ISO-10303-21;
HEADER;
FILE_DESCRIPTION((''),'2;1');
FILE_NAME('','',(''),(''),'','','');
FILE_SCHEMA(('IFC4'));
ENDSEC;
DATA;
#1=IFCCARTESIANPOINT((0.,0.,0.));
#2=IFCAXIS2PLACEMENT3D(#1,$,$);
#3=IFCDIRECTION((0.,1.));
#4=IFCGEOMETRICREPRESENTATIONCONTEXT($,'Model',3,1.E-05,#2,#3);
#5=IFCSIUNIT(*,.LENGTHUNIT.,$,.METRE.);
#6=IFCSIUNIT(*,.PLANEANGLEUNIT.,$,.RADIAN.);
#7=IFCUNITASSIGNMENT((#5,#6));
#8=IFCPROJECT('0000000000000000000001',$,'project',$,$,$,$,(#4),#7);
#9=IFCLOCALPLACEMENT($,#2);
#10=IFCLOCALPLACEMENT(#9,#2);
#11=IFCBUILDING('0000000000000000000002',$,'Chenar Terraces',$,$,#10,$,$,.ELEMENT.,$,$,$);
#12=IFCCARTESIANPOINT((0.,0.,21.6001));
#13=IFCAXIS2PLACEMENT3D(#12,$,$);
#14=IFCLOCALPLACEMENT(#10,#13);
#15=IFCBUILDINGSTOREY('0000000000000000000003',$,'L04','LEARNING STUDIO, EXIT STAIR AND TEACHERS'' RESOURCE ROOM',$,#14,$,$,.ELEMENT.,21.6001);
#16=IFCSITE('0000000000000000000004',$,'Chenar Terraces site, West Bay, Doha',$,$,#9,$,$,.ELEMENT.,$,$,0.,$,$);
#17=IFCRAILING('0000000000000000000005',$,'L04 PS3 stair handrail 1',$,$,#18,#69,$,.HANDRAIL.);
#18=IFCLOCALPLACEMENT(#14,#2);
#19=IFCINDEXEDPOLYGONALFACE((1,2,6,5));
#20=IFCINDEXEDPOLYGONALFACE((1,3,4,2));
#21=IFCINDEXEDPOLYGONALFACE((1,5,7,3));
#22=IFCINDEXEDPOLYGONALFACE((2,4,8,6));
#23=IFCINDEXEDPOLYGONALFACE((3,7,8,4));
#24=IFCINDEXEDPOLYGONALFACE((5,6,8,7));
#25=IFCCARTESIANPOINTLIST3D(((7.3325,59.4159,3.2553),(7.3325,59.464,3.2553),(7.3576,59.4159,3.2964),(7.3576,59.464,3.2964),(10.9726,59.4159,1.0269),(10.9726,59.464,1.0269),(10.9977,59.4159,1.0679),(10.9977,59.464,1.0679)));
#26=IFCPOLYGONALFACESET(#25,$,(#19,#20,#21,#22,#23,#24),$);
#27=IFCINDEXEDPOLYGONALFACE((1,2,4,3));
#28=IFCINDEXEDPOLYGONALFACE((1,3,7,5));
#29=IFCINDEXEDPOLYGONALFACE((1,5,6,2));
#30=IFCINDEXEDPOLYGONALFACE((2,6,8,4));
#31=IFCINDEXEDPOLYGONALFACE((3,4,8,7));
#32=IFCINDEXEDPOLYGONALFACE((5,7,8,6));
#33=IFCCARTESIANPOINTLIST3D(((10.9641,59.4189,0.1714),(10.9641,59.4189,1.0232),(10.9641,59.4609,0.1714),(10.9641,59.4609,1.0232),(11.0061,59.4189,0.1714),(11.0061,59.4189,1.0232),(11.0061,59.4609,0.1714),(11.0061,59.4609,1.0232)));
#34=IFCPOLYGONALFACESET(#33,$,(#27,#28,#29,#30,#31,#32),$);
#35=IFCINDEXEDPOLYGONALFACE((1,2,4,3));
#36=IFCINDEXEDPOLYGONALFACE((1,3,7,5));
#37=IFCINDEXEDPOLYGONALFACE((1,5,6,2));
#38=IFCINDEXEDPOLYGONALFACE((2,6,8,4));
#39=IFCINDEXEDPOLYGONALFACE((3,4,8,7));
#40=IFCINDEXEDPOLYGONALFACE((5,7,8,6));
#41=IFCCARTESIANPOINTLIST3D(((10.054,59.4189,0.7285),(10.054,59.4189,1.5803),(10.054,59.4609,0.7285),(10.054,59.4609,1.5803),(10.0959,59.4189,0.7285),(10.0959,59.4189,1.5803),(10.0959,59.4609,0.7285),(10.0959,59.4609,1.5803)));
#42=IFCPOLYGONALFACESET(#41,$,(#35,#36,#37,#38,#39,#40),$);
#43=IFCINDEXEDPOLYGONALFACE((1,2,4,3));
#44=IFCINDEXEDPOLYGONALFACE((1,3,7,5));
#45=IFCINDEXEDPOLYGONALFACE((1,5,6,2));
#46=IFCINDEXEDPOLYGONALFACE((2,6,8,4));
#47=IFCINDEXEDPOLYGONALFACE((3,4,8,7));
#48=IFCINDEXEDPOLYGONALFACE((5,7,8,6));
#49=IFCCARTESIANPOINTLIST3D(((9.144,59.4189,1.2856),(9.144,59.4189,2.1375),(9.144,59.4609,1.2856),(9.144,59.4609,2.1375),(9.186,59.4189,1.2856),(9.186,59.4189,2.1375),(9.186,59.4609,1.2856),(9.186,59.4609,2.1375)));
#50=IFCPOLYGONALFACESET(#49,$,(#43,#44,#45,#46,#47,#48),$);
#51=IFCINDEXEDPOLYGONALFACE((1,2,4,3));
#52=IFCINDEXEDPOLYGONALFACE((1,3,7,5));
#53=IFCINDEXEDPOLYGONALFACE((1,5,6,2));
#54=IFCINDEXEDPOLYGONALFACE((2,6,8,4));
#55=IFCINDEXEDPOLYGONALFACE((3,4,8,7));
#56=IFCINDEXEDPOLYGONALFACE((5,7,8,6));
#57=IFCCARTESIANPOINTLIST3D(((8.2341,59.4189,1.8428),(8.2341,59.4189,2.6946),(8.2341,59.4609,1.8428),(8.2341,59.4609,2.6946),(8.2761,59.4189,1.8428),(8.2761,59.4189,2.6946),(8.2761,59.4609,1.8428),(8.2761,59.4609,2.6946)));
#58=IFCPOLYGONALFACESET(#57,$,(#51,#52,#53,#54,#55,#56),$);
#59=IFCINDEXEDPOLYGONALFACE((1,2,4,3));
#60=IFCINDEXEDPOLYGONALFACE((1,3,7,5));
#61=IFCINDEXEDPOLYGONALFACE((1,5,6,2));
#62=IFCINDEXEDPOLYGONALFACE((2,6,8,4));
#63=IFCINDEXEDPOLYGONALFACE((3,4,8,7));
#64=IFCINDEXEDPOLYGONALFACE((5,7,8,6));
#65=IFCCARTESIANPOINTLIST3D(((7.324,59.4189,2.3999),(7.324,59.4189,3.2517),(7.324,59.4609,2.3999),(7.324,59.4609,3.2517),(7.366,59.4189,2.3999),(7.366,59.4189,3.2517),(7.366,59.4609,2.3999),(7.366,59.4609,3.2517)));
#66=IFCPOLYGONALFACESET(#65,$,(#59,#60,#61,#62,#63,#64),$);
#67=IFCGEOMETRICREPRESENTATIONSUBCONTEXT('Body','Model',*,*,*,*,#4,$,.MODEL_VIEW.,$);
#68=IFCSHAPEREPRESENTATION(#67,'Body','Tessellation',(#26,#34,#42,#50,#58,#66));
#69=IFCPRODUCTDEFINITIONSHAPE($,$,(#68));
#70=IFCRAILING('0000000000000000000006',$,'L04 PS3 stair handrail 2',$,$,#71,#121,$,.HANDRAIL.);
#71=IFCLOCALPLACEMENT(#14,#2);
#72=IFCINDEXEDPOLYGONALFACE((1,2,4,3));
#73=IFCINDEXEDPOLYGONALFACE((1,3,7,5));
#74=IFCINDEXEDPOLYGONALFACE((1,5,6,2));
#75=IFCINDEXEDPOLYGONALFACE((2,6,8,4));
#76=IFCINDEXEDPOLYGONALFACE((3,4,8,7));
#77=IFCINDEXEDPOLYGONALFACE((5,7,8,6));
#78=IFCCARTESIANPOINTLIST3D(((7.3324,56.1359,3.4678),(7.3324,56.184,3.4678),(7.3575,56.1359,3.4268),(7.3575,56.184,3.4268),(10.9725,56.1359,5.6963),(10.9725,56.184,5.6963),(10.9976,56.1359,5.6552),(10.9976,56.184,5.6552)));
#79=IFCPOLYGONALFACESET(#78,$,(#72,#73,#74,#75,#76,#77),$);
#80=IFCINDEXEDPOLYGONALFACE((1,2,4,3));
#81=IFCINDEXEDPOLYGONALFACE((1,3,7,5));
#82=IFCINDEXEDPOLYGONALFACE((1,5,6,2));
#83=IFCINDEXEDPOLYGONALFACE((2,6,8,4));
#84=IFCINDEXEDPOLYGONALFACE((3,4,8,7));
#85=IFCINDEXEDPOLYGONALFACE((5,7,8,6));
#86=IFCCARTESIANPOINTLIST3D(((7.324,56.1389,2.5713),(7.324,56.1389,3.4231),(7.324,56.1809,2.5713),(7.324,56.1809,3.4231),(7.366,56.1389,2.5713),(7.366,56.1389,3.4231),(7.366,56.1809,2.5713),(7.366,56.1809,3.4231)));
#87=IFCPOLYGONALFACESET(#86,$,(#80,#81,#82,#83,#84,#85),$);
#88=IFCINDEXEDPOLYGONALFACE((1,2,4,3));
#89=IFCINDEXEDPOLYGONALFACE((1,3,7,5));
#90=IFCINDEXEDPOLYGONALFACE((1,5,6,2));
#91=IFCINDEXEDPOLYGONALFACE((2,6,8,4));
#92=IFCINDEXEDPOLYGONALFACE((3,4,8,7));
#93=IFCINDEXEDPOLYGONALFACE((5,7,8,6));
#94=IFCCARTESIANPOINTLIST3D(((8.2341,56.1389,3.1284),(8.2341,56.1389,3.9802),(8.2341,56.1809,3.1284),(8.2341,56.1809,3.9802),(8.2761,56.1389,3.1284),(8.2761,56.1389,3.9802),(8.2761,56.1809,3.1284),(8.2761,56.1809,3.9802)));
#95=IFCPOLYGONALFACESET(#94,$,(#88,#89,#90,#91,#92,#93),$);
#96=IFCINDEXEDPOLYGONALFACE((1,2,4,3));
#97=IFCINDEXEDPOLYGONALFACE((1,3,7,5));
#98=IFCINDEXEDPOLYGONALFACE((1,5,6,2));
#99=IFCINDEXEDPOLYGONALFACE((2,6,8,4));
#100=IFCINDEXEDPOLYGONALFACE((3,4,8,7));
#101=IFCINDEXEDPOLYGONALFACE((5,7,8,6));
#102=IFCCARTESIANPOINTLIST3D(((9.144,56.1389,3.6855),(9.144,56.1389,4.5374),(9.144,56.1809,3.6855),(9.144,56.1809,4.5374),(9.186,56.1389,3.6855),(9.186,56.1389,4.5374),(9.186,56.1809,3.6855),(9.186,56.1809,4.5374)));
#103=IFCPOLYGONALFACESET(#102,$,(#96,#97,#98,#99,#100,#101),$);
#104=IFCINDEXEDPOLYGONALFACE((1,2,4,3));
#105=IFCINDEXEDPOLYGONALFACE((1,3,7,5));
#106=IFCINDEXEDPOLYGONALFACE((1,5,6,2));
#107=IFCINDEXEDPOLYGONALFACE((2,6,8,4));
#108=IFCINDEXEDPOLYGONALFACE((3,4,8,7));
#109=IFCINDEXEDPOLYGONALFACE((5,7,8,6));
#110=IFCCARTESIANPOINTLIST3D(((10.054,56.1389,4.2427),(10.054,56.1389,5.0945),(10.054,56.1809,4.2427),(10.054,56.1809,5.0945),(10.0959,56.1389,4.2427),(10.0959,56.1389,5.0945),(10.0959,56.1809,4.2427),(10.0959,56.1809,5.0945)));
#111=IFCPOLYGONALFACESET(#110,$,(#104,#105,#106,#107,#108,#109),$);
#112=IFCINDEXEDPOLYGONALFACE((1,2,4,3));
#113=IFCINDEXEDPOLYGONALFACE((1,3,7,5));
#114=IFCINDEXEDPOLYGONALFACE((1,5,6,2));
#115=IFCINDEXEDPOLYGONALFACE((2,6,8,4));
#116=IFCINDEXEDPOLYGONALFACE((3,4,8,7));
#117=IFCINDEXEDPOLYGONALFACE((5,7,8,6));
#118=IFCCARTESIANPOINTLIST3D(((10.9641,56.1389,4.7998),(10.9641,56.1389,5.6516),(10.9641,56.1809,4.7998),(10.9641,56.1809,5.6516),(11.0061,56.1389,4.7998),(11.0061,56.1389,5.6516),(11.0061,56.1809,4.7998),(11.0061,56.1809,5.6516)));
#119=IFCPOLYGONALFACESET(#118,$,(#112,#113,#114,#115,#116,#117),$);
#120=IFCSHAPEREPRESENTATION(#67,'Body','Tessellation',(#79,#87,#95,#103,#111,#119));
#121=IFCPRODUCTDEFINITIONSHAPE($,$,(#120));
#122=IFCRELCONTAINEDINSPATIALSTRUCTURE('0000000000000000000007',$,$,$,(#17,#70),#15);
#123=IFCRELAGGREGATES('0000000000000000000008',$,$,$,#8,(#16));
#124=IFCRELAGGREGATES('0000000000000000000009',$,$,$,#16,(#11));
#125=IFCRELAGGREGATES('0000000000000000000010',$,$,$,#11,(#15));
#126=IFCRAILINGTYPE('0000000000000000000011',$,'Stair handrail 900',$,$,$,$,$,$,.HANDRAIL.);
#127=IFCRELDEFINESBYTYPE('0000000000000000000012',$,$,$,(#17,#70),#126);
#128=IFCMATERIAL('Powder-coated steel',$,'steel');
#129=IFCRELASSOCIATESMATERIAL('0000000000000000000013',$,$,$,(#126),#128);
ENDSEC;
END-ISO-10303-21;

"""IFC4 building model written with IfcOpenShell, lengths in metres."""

from ifc_helpers import new_model, si_unit, direction, frame, origin, origin_2d, place, context, subcontext, project, spatial, rectangle, extrude, material, type_object, element, save


model = new_model("IFC4")

# Units and contexts
model_context = context("Model", 3, precision=1e-05, world=origin(), true_north=direction((0.0, 1.0)))
body_context = subcontext(model_context, "Body", "Model", "MODEL_VIEW")
ifc_project = project(units=[si_unit("LENGTHUNIT", "METRE"), si_unit("PLANEANGLEUNIT", "RADIAN")], contexts=[model_context])

# Site, building, storey
site_placement = place(None, origin())
site = spatial("IfcSite", under=ifc_project, at=site_placement, Name="Chenar Terraces site, West Bay, Doha", CompositionType="ELEMENT", RefElevation=0.0)
building_placement = place(site_placement, origin())
building = spatial("IfcBuilding", under=site, at=building_placement, Name="Chenar Terraces", CompositionType="ELEMENT")
storey_placement = place(building_placement, frame((0.0, 0.0, 21.6001)))
storey = spatial("IfcBuildingStorey", under=building, at=storey_placement, Name="L04", Description="LEARNING STUDIO, EXIT STAIR AND TEACHERS' RESOURCE ROOM", CompositionType="ELEMENT", Elevation=21.6001)

# Railings
ifc_material_1 = material(Name="Powder-coated steel", Category="steel")
railing_type_1 = type_object("IfcRailingType", Name="Stair handrail 900", PredefinedType="HANDRAIL", material=ifc_material_1)
railing_1_placement = place(storey_placement, frame((10.9851, 59.4399, 0.1714)))
element("IfcRailing", 1, at=railing_1_placement, inside=storey, type_object=railing_type_1, Name="L04 PS3 stair handrail 1", PredefinedType="HANDRAIL", context=body_context, shape_type="SweptSolid", body=[
    extrude(rectangle(XDim=0.0481, YDim=0.0481, at=origin_2d()), frame((0.0, 0.0, 0.876), z_axis=(-0.852866, 0.0, 0.52213), x_axis=(0.0, -1.0, 0.0)), (0.0, 0.0, 1.0), 4.2681),
    extrude(rectangle(XDim=0.042, YDim=0.042, at=origin_2d()), origin(), (0.0, 0.0, 1.0), 0.8518),
    extrude(rectangle(XDim=0.042, YDim=0.042, at=origin_2d()), frame((-0.9102, 0.0, 0.5571)), (0.0, 0.0, 1.0), 0.8518),
    extrude(rectangle(XDim=0.042, YDim=0.042, at=origin_2d()), frame((-1.8201, 0.0, 1.1143)), (0.0, 0.0, 1.0), 0.8518),
    extrude(rectangle(XDim=0.042, YDim=0.042, at=origin_2d()), frame((-2.73, 0.0, 1.6714)), (0.0, 0.0, 1.0), 0.8518),
    extrude(rectangle(XDim=0.042, YDim=0.042, at=origin_2d()), frame((-3.6401, 0.0, 2.2285)), (0.0, 0.0, 1.0), 0.8518),
])
railing_2_placement = place(storey_placement, frame((7.345, 56.1599, 2.5713)))
element("IfcRailing", 2, at=railing_2_placement, inside=storey, type_object=railing_type_1, Name="L04 PS3 stair handrail 2", PredefinedType="HANDRAIL", context=body_context, shape_type="SweptSolid", body=[
    extrude(rectangle(XDim=0.0481, YDim=0.0481, at=origin_2d()), frame((0.0, 0.0, 0.876), z_axis=(0.852866, 0.0, 0.52213), x_axis=(0.0, 1.0, 0.0)), (0.0, 0.0, 1.0), 4.2681),
    extrude(rectangle(XDim=0.042, YDim=0.042, at=origin_2d()), origin(), (0.0, 0.0, 1.0), 0.8518),
    extrude(rectangle(XDim=0.042, YDim=0.042, at=origin_2d()), frame((0.9102, 0.0, 0.5571)), (0.0, 0.0, 1.0), 0.8518),
    extrude(rectangle(XDim=0.042, YDim=0.042, at=origin_2d()), frame((1.8201, 0.0, 1.1143)), (0.0, 0.0, 1.0), 0.8518),
    extrude(rectangle(XDim=0.042, YDim=0.042, at=origin_2d()), frame((2.73, 0.0, 1.6714)), (0.0, 0.0, 1.0), 0.8518),
    extrude(rectangle(XDim=0.042, YDim=0.042, at=origin_2d()), frame((3.6401, 0.0, 2.2285)), (0.0, 0.0, 1.0), 0.8518),
])

save(model, "model.ifc")
